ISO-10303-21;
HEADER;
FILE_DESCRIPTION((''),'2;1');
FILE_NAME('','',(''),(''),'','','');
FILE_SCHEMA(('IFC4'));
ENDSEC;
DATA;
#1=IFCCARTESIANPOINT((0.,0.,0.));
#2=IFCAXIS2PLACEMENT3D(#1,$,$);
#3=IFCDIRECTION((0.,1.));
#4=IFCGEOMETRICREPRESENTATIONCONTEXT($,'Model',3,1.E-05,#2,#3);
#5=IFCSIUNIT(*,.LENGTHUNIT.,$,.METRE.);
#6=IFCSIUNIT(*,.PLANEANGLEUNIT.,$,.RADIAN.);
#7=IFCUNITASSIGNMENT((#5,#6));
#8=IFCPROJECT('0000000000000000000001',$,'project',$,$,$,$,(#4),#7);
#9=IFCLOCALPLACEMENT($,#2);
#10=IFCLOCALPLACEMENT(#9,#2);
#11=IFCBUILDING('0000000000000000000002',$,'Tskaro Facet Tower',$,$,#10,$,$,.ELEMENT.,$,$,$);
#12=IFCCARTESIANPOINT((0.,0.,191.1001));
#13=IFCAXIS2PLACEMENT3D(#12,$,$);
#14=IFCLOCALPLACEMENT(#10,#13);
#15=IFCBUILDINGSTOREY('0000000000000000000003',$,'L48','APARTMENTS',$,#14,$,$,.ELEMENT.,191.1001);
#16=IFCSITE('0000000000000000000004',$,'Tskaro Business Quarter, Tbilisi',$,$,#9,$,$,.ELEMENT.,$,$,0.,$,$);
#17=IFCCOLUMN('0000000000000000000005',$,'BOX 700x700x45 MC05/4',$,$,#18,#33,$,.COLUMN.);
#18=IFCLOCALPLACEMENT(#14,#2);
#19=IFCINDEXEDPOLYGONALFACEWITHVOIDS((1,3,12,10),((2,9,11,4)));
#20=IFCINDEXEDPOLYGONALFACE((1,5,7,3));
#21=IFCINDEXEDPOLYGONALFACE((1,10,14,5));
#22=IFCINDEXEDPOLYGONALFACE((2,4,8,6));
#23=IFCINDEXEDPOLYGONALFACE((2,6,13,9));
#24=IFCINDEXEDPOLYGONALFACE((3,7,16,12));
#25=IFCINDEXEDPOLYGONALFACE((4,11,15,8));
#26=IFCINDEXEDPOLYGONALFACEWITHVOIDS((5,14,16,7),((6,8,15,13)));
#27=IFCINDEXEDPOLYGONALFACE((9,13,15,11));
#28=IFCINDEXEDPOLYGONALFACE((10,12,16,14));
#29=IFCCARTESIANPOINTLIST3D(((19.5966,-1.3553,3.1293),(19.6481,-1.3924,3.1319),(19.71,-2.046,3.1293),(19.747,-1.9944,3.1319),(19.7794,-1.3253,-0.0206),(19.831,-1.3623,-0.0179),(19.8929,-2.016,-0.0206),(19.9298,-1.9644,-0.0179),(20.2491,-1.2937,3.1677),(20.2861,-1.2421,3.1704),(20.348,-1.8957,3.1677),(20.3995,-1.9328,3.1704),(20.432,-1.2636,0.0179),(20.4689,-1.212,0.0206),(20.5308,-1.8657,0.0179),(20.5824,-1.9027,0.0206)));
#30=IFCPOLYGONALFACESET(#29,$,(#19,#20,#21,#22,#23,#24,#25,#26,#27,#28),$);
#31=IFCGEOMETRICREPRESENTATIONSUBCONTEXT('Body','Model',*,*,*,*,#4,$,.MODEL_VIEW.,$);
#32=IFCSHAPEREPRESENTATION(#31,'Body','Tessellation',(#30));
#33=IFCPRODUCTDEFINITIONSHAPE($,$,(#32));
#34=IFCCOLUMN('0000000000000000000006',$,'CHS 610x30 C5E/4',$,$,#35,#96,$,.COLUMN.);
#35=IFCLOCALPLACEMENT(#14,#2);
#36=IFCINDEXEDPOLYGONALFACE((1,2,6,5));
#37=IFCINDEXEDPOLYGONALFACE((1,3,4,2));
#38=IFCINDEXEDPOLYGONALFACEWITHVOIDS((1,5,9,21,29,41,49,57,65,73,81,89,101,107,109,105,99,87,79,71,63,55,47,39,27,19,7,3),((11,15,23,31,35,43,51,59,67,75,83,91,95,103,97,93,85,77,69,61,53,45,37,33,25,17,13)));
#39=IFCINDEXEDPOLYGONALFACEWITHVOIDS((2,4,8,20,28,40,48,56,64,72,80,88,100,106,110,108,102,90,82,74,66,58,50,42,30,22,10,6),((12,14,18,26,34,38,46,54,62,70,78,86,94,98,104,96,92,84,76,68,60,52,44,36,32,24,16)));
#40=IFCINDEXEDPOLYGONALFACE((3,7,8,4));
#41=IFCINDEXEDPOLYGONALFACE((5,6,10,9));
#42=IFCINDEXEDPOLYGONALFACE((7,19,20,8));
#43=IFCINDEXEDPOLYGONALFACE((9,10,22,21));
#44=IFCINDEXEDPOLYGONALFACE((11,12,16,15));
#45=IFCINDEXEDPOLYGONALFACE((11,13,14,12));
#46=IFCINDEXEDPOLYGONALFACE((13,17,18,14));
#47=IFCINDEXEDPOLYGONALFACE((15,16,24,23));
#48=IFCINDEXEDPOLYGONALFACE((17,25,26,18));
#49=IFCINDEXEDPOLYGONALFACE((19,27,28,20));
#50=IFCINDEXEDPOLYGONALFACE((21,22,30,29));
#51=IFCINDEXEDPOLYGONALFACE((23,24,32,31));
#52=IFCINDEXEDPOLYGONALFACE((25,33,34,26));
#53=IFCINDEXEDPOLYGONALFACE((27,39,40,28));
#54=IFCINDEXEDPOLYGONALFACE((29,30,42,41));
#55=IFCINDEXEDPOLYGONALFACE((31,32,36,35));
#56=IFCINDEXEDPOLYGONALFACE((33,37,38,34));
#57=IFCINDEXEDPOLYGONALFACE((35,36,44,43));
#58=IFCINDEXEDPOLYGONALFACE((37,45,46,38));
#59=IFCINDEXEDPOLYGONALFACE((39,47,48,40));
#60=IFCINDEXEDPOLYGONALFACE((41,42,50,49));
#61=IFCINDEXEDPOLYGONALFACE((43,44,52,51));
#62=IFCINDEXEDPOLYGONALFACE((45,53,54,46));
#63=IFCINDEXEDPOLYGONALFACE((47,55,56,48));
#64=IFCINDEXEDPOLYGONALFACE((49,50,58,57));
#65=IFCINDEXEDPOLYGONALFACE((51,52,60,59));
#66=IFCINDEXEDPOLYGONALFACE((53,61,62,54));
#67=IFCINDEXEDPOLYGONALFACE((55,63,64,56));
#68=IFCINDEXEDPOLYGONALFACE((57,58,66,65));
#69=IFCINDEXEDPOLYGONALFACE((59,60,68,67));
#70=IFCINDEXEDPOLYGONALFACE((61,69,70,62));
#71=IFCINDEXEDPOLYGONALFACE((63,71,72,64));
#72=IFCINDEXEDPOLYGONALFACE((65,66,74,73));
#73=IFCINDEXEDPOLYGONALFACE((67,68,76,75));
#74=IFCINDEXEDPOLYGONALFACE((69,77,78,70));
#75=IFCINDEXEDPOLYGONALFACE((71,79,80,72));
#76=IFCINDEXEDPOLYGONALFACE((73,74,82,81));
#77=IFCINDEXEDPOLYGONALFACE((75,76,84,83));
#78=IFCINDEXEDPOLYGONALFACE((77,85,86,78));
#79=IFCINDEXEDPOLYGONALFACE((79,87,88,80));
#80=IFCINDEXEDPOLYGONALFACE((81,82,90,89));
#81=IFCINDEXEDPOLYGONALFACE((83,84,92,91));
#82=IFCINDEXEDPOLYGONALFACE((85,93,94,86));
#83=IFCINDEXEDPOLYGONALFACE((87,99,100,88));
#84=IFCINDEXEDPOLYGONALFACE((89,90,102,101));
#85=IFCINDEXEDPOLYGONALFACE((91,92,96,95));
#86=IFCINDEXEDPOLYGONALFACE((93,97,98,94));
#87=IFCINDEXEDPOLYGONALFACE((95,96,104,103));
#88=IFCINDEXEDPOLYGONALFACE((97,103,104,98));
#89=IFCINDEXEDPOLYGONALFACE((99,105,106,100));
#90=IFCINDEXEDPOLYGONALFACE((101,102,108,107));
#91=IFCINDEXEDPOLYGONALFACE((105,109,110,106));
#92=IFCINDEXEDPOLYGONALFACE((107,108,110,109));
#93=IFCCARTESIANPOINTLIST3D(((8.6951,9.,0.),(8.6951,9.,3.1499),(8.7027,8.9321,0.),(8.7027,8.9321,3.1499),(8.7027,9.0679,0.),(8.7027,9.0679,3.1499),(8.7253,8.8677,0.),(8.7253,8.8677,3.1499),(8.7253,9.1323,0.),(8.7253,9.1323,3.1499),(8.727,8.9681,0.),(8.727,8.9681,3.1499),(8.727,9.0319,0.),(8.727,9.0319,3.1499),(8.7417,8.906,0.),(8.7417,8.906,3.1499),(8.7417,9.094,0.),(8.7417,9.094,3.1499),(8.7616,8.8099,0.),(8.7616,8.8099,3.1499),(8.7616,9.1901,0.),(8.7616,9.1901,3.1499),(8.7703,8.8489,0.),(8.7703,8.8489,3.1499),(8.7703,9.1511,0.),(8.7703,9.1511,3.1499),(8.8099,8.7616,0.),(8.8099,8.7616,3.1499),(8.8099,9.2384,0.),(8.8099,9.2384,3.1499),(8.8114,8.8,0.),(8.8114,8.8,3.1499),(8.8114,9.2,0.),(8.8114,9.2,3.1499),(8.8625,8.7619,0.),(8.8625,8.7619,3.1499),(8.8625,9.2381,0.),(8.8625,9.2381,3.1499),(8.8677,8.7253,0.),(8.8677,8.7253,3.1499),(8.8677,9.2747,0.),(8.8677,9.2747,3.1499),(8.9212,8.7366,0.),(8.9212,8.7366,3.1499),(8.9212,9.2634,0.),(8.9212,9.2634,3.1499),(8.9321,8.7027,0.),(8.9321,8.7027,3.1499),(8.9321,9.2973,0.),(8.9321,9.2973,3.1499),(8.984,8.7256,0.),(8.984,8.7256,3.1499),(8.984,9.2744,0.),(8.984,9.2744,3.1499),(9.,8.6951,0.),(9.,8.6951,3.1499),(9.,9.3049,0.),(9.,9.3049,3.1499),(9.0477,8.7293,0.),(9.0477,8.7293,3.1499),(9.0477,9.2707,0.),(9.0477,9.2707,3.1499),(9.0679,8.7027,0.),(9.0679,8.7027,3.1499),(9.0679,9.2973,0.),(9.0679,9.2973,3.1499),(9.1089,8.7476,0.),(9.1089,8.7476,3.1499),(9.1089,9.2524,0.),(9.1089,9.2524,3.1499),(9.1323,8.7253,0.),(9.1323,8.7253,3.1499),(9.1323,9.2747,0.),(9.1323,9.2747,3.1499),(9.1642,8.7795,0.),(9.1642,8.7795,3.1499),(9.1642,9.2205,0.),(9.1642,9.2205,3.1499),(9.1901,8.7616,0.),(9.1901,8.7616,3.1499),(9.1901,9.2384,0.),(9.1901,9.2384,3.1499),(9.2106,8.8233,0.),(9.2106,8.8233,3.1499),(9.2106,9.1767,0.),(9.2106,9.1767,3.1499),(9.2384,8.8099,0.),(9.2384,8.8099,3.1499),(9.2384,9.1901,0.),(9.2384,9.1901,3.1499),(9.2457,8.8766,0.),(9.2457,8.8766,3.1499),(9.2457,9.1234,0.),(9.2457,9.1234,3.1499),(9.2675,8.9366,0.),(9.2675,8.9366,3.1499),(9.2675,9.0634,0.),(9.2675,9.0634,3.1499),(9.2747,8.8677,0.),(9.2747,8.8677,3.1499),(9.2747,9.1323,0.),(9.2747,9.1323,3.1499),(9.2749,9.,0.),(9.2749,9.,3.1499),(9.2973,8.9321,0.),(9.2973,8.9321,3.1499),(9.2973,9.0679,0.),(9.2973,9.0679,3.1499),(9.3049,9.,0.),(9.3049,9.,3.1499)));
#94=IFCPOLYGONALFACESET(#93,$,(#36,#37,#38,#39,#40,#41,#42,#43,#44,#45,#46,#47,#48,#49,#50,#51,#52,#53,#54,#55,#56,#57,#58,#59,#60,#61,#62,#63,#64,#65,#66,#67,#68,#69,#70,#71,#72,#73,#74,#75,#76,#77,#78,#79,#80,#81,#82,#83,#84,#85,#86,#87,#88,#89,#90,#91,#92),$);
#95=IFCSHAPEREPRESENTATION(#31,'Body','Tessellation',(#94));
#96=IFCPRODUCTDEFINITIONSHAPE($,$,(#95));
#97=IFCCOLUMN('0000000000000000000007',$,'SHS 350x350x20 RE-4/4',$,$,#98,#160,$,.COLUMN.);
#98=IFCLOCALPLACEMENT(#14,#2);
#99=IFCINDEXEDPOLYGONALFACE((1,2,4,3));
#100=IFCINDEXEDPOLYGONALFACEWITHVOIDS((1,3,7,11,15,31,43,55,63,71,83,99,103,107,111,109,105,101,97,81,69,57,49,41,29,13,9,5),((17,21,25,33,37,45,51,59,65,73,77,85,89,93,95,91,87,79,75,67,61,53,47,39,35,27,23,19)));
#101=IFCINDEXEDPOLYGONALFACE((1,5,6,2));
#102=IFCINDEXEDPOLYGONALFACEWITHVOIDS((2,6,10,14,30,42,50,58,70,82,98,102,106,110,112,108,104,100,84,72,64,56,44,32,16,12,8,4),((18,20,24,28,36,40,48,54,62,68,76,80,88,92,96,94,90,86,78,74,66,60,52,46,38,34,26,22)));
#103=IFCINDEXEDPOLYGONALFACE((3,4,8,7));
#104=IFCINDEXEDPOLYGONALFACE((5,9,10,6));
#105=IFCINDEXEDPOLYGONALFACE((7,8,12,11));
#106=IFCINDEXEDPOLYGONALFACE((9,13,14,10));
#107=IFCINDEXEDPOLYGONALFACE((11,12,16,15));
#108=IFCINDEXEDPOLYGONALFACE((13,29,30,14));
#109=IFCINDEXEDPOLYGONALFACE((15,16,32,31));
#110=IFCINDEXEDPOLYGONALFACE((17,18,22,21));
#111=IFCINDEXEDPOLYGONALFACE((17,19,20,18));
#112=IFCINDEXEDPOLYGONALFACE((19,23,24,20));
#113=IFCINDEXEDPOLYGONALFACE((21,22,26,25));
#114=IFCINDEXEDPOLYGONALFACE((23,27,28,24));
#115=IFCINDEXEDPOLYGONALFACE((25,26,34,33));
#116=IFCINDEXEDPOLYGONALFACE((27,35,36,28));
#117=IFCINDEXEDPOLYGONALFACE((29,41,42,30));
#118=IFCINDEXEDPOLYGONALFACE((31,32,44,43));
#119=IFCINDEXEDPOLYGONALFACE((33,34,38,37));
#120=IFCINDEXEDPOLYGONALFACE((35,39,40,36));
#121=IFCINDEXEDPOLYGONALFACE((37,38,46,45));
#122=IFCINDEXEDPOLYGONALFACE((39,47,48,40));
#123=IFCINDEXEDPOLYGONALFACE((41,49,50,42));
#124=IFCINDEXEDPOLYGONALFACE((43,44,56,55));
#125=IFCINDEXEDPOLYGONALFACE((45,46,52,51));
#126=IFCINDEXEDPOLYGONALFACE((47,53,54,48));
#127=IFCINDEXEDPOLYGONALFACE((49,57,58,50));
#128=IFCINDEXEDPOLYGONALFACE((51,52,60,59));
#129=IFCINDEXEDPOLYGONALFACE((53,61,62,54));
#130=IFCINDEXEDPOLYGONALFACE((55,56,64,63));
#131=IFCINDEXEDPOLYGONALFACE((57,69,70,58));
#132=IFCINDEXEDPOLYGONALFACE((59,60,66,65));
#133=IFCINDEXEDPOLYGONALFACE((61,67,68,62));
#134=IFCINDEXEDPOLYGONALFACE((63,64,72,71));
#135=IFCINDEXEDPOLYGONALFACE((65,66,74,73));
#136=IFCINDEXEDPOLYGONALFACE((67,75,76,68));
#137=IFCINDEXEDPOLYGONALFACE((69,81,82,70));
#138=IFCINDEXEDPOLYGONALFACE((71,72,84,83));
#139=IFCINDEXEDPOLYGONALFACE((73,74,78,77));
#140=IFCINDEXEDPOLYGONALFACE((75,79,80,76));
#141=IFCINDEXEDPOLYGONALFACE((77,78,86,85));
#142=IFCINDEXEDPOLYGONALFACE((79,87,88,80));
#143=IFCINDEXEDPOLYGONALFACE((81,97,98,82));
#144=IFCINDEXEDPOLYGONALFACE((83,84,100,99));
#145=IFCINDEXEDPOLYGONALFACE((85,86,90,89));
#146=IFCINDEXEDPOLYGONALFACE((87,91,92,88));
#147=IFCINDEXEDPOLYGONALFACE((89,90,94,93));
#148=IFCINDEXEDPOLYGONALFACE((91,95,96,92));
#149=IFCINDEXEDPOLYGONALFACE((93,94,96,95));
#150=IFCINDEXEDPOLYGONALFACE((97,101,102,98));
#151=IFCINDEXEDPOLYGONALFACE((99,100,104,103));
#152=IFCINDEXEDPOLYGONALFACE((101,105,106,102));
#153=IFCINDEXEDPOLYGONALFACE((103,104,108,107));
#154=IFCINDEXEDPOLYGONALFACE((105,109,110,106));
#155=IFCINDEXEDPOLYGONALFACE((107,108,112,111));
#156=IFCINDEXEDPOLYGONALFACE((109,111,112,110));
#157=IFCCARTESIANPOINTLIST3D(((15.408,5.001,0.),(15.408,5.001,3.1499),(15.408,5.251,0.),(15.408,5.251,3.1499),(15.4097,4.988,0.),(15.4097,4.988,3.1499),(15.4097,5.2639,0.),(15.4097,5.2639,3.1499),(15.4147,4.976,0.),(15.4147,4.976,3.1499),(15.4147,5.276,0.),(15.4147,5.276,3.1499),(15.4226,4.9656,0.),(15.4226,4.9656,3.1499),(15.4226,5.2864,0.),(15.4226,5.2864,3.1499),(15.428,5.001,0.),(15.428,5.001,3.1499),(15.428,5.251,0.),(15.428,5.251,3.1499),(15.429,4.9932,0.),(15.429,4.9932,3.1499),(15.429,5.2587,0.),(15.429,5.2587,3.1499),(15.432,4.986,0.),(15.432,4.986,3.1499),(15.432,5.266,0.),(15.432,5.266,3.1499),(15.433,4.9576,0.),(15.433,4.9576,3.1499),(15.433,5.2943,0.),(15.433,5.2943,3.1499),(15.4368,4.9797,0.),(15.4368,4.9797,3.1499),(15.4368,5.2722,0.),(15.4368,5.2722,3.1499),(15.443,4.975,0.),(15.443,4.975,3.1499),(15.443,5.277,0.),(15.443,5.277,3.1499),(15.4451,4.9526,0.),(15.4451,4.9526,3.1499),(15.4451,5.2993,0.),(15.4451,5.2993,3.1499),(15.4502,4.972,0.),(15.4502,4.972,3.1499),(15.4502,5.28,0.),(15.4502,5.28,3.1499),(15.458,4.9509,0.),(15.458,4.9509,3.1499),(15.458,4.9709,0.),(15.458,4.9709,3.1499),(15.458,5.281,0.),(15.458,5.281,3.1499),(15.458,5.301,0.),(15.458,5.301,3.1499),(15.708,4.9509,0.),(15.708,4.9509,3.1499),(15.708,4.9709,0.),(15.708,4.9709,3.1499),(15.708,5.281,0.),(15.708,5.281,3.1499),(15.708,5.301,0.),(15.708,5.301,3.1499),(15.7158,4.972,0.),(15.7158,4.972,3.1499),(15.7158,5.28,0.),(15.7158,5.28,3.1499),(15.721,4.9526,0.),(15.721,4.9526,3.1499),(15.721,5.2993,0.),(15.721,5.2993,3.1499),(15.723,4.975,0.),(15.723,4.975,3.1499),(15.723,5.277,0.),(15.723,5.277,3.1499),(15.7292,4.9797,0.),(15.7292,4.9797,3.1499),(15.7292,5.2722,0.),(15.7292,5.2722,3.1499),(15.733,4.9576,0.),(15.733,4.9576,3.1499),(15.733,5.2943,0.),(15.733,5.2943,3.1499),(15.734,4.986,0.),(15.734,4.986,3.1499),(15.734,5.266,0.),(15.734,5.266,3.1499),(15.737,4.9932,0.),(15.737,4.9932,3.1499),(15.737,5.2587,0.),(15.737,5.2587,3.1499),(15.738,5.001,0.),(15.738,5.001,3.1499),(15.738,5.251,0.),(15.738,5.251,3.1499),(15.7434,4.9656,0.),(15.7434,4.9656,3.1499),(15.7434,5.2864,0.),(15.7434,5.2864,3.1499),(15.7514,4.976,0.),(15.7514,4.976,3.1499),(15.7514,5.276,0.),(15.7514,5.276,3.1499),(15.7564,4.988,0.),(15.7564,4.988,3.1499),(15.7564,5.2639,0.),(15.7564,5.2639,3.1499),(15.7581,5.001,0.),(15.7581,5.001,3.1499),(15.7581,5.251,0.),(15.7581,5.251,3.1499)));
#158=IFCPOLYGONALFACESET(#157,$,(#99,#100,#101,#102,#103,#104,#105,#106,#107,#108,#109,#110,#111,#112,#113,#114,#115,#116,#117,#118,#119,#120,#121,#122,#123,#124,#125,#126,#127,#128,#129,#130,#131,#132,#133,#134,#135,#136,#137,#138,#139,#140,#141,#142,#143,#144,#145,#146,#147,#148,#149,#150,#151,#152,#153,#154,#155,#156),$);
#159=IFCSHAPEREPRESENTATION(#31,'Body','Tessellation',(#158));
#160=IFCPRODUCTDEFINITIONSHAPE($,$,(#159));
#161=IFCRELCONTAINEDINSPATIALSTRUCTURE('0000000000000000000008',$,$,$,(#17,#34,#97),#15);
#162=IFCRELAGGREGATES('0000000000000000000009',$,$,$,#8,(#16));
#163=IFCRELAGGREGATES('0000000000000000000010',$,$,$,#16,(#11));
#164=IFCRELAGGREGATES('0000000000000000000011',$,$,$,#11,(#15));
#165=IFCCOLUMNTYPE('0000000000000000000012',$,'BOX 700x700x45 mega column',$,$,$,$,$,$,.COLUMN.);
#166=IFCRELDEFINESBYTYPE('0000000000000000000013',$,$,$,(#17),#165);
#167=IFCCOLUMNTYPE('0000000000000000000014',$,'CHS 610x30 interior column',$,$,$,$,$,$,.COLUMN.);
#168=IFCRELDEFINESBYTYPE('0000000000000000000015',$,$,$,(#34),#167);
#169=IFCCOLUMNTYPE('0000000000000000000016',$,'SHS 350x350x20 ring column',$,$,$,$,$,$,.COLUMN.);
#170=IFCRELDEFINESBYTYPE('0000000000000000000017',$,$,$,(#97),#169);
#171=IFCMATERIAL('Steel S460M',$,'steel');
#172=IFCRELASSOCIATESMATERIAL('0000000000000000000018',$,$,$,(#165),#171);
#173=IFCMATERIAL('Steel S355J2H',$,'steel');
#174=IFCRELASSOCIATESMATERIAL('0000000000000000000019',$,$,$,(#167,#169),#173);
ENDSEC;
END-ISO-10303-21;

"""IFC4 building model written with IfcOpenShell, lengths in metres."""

from ifc_helpers import new_model, si_unit, direction, frame, origin, origin_2d, place, context, subcontext, project, spatial, hollow_rectangle, hollow_circle, extrude, material, material_profile, profile_set, type_object, element, save


model = new_model("IFC4")

# Units and contexts
model_context = context("Model", 3, precision=1e-05, world=origin(), true_north=direction((0.0, 1.0)))
body_context = subcontext(model_context, "Body", "Model", "MODEL_VIEW")
ifc_project = project(units=[si_unit("LENGTHUNIT", "METRE"), si_unit("PLANEANGLEUNIT", "RADIAN")], contexts=[model_context])

# Site, building, storey
site_placement = place(None, origin())
site = spatial("IfcSite", under=ifc_project, at=site_placement, Name="Tskaro Business Quarter, Tbilisi", CompositionType="ELEMENT", RefElevation=0.0)
building_placement = place(site_placement, origin())
building = spatial("IfcBuilding", under=site, at=building_placement, Name="Tskaro Facet Tower", CompositionType="ELEMENT")
storey_placement = place(building_placement, frame((0.0, 0.0, 191.1001)))
storey = spatial("IfcBuildingStorey", under=building, at=storey_placement, Name="L48", Description="APARTMENTS", CompositionType="ELEMENT", Elevation=191.1001)

# Columns
ifc_material_1 = material(Name="Steel S460M", Category="steel")
ifc_material_profile_1 = material_profile(ifc_material_1, hollow_rectangle(XDim=0.7, YDim=0.7, WallThickness=0.0449, at=origin_2d()), Name="BOX 700x700x45")
ifc_profile_set_1 = profile_set([ifc_material_profile_1], Name="Steel S460M")
column_type_1 = type_object("IfcColumnType", Name="BOX 700x700x45 mega column", PredefinedType="COLUMN", material=ifc_profile_set_1)
column_1_placement = place(storey_placement, frame((20.1809, -1.614, 0.0), z_axis=(-0.057953, -0.009517, 0.998274), x_axis=(0.162048, -0.986783, 0.0)))
element("IfcColumn", 1, at=column_1_placement, inside=storey, type_object=column_type_1, Name="BOX 700x700x45 MC05/4", PredefinedType="COLUMN", context=body_context, shape_type="SweptSolid", body=[
    extrude(hollow_rectangle(XDim=0.7, YDim=0.7, WallThickness=0.0449, at=origin_2d()), origin(), (0.0, 0.0, 1.0), 3.1553),
])
ifc_material_2 = material(Name="Steel S355J2H", Category="steel")
ifc_material_profile_2 = material_profile(ifc_material_2, hollow_circle(Radius=0.3049, WallThickness=0.03, at=origin_2d()), Name="CHS 610x30")
ifc_profile_set_2 = profile_set([ifc_material_profile_2], Name="Steel S355J2H")
column_type_2 = type_object("IfcColumnType", Name="CHS 610x30 interior column", PredefinedType="COLUMN", material=ifc_profile_set_2)
column_2_placement = place(storey_placement, frame((9.0, 9.0, 0.0), z_axis=(0.0, 0.0, 1.0), x_axis=(1.0, 0.0, 0.0)))
element("IfcColumn", 2, at=column_2_placement, inside=storey, type_object=column_type_2, Name="CHS 610x30 C5E/4", PredefinedType="COLUMN", context=body_context, shape_type="SweptSolid", body=[
    extrude(hollow_circle(Radius=0.3049, WallThickness=0.03, at=origin_2d()), origin(), (0.0, 0.0, 1.0), 3.1499),
])
ifc_material_profile_3 = material_profile(ifc_material_2, hollow_rectangle(XDim=0.3501, YDim=0.3501, WallThickness=0.02, InnerFilletRadius=0.03, OuterFilletRadius=0.05, at=origin_2d()), Name="SHS 350x350x20")
ifc_profile_set_3 = profile_set([ifc_material_profile_3], Name="Steel S355J2H")
column_type_3 = type_object("IfcColumnType", Name="SHS 350x350x20 ring column", PredefinedType="COLUMN", material=ifc_profile_set_3)
column_3_placement = place(storey_placement, frame((15.583, 5.126, 0.0), z_axis=(0.0, 0.0, 1.0), x_axis=(1.0, 0.0, 0.0)))
element("IfcColumn", 3, at=column_3_placement, inside=storey, type_object=column_type_3, Name="SHS 350x350x20 RE-4/4", PredefinedType="COLUMN", context=body_context, shape_type="SweptSolid", body=[
    extrude(hollow_rectangle(XDim=0.3501, YDim=0.3501, WallThickness=0.02, InnerFilletRadius=0.03, OuterFilletRadius=0.05, at=origin_2d()), origin(), (0.0, 0.0, 1.0), 3.1499),
])

save(model, "model.ifc")
